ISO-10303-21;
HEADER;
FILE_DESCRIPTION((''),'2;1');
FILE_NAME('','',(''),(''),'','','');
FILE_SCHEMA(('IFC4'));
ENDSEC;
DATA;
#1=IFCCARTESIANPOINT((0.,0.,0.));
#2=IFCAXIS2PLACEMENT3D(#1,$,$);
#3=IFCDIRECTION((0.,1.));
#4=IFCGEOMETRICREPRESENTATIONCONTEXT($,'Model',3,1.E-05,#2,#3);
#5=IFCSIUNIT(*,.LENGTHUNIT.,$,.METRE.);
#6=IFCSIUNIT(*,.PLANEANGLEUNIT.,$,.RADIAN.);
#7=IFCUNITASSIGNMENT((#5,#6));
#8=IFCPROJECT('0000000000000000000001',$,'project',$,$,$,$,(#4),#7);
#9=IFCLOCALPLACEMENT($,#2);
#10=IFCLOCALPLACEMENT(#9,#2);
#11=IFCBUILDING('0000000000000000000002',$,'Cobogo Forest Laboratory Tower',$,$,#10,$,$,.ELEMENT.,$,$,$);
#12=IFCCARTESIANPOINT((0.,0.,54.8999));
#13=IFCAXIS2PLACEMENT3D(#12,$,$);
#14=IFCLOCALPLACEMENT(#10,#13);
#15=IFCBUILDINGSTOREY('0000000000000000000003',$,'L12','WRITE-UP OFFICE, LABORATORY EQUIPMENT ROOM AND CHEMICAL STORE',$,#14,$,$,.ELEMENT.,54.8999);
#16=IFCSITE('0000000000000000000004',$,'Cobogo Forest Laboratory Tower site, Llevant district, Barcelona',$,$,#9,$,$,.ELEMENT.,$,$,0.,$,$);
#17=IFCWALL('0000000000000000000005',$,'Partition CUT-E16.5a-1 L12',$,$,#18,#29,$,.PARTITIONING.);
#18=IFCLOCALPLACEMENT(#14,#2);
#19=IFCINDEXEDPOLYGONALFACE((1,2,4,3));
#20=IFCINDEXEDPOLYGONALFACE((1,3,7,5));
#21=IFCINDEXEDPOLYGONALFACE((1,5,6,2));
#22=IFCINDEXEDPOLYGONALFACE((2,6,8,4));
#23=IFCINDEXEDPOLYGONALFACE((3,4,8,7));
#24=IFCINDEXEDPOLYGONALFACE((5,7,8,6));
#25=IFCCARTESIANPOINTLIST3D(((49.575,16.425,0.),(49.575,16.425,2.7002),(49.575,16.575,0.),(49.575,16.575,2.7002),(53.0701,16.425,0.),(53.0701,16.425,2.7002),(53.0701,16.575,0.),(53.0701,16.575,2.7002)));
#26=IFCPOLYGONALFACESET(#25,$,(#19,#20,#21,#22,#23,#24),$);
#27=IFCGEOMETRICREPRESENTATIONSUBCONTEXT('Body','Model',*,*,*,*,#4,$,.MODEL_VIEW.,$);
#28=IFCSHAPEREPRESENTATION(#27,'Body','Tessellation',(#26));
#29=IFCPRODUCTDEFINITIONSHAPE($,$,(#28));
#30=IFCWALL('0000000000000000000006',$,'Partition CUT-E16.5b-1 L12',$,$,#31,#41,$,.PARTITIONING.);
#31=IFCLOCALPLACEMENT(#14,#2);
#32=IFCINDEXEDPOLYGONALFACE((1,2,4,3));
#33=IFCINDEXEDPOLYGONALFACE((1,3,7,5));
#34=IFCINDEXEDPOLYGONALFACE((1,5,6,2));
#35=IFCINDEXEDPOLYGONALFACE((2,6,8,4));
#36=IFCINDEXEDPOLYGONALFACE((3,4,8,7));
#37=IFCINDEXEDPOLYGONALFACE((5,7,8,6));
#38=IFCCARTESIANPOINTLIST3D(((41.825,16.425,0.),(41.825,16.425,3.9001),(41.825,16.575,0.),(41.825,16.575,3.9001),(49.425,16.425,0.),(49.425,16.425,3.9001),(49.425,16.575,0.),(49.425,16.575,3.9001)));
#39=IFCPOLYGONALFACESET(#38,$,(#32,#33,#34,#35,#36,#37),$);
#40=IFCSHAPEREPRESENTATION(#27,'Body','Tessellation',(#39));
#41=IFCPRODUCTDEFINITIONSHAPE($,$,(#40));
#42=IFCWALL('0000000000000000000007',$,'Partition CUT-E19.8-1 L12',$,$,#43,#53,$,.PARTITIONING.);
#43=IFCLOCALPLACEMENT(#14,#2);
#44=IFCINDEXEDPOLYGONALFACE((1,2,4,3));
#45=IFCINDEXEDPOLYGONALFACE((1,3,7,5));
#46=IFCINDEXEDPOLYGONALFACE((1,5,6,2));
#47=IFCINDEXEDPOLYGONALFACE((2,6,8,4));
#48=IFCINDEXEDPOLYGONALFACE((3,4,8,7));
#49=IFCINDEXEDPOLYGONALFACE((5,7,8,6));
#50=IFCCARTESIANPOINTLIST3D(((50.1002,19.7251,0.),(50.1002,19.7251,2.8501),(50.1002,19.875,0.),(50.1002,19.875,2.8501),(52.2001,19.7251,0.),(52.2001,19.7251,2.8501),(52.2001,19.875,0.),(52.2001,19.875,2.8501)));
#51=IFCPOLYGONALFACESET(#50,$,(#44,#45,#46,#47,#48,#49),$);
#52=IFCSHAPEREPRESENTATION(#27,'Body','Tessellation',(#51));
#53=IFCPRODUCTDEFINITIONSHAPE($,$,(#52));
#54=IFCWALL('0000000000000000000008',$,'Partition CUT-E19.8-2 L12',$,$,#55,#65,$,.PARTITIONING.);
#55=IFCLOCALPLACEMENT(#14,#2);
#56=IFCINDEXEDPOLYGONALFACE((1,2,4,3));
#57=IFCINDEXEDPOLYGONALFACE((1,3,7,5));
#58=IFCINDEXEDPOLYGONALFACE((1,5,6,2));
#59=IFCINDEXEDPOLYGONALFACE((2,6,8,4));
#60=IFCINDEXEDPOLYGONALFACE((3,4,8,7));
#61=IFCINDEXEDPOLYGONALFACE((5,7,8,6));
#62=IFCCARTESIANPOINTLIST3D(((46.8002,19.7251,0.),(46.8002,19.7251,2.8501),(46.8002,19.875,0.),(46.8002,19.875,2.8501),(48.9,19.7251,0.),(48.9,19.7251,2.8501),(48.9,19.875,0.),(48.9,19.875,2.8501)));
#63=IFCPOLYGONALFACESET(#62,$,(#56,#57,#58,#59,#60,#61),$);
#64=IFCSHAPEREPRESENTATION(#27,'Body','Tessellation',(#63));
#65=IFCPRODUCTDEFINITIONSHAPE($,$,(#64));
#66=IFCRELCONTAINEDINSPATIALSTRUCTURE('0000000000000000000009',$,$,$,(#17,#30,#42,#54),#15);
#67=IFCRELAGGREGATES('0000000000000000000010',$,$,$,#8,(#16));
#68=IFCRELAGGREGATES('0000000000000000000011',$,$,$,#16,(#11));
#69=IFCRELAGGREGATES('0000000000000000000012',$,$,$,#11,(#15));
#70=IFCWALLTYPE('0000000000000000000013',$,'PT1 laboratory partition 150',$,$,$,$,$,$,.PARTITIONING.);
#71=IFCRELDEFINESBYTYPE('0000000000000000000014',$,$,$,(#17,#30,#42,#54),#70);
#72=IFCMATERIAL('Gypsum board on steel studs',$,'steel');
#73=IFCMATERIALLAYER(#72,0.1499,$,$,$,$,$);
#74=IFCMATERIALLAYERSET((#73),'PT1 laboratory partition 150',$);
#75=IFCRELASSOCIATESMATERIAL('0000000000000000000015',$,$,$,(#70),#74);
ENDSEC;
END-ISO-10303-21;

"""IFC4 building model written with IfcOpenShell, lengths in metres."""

from ifc_helpers import new_model, si_unit, direction, frame, frame_2d, origin, place, context, subcontext, project, spatial, rectangle, extrude, material, layer, layer_set, type_object, element, save


model = new_model("IFC4")

# Units and contexts
model_context = context("Model", 3, precision=1e-05, world=origin(), true_north=direction((0.0, 1.0)))
body_context = subcontext(model_context, "Body", "Model", "MODEL_VIEW")
ifc_project = project(units=[si_unit("LENGTHUNIT", "METRE"), si_unit("PLANEANGLEUNIT", "RADIAN")], contexts=[model_context])

# Site, building, storey
site_placement = place(None, origin())
site = spatial("IfcSite", under=ifc_project, at=site_placement, Name="Cobogo Forest Laboratory Tower site, Llevant district, Barcelona", CompositionType="ELEMENT", RefElevation=0.0)
building_placement = place(site_placement, origin())
building = spatial("IfcBuilding", under=site, at=building_placement, Name="Cobogo Forest Laboratory Tower", CompositionType="ELEMENT")
storey_placement = place(building_placement, frame((0.0, 0.0, 54.8999)))
storey = spatial("IfcBuildingStorey", under=building, at=storey_placement, Name="L12", Description="WRITE-UP OFFICE, LABORATORY EQUIPMENT ROOM AND CHEMICAL STORE", CompositionType="ELEMENT", Elevation=54.8999)

# Walls
ifc_material_1 = material(Name="Gypsum board on steel studs", Category="steel")
ifc_layer_1 = layer(ifc_material_1, 0.1499)
ifc_layer_set_1 = layer_set([ifc_layer_1], Name="PT1 laboratory partition 150")
wall_type = type_object("IfcWallType", Name="PT1 laboratory partition 150", PredefinedType="PARTITIONING", material=ifc_layer_set_1)
wall_1_placement = place(storey_placement, frame((53.0701, 16.5, 0.0), z_axis=(0.0, 0.0, 1.0), x_axis=(-1.0, 0.0, 0.0)))
element("IfcWall", 1, at=wall_1_placement, inside=storey, type_object=wall_type, Name="Partition CUT-E16.5a-1 L12", PredefinedType="PARTITIONING", context=body_context, shape_type="SweptSolid", body=[
    extrude(rectangle(XDim=3.4951, YDim=0.1499, at=frame_2d((1.7476, 0.0))), origin(), (0.0, 0.0, 1.0), 2.7002),
])
wall_2_placement = place(storey_placement, frame((49.425, 16.5, 0.0), z_axis=(0.0, 0.0, 1.0), x_axis=(-1.0, 0.0, 0.0)))
element("IfcWall", 2, at=wall_2_placement, inside=storey, type_object=wall_type, Name="Partition CUT-E16.5b-1 L12", PredefinedType="PARTITIONING", context=body_context, shape_type="SweptSolid", body=[
    extrude(rectangle(XDim=7.6001, YDim=0.1499, at=frame_2d((3.8, 0.0))), origin(), (0.0, 0.0, 1.0), 3.9001),
])
for number, where, z_axis, x_axis, name in (
    (3, (52.2, 19.8, 0.0), (0.0, 0.0, 1.0), (-1.0, 0.0, 0.0), "Partition CUT-E19.8-1 L12"),
    (4, (48.8999, 19.8, 0.0), (0.0, 0.0, 1.0), (-1.0, 0.0, 0.0), "Partition CUT-E19.8-2 L12"),
):
    element("IfcWall", number, at=place(storey_placement, frame(where, z_axis=z_axis, x_axis=x_axis)), inside=storey, type_object=wall_type, Name=name, PredefinedType="PARTITIONING", context=body_context, shape_type="SweptSolid", body=[
        extrude(rectangle(XDim=2.0999, YDim=0.1499, at=frame_2d((1.0498, 0.0))), origin(), (0.0, 0.0, 1.0), 2.8501),
    ])

save(model, "model.ifc")
